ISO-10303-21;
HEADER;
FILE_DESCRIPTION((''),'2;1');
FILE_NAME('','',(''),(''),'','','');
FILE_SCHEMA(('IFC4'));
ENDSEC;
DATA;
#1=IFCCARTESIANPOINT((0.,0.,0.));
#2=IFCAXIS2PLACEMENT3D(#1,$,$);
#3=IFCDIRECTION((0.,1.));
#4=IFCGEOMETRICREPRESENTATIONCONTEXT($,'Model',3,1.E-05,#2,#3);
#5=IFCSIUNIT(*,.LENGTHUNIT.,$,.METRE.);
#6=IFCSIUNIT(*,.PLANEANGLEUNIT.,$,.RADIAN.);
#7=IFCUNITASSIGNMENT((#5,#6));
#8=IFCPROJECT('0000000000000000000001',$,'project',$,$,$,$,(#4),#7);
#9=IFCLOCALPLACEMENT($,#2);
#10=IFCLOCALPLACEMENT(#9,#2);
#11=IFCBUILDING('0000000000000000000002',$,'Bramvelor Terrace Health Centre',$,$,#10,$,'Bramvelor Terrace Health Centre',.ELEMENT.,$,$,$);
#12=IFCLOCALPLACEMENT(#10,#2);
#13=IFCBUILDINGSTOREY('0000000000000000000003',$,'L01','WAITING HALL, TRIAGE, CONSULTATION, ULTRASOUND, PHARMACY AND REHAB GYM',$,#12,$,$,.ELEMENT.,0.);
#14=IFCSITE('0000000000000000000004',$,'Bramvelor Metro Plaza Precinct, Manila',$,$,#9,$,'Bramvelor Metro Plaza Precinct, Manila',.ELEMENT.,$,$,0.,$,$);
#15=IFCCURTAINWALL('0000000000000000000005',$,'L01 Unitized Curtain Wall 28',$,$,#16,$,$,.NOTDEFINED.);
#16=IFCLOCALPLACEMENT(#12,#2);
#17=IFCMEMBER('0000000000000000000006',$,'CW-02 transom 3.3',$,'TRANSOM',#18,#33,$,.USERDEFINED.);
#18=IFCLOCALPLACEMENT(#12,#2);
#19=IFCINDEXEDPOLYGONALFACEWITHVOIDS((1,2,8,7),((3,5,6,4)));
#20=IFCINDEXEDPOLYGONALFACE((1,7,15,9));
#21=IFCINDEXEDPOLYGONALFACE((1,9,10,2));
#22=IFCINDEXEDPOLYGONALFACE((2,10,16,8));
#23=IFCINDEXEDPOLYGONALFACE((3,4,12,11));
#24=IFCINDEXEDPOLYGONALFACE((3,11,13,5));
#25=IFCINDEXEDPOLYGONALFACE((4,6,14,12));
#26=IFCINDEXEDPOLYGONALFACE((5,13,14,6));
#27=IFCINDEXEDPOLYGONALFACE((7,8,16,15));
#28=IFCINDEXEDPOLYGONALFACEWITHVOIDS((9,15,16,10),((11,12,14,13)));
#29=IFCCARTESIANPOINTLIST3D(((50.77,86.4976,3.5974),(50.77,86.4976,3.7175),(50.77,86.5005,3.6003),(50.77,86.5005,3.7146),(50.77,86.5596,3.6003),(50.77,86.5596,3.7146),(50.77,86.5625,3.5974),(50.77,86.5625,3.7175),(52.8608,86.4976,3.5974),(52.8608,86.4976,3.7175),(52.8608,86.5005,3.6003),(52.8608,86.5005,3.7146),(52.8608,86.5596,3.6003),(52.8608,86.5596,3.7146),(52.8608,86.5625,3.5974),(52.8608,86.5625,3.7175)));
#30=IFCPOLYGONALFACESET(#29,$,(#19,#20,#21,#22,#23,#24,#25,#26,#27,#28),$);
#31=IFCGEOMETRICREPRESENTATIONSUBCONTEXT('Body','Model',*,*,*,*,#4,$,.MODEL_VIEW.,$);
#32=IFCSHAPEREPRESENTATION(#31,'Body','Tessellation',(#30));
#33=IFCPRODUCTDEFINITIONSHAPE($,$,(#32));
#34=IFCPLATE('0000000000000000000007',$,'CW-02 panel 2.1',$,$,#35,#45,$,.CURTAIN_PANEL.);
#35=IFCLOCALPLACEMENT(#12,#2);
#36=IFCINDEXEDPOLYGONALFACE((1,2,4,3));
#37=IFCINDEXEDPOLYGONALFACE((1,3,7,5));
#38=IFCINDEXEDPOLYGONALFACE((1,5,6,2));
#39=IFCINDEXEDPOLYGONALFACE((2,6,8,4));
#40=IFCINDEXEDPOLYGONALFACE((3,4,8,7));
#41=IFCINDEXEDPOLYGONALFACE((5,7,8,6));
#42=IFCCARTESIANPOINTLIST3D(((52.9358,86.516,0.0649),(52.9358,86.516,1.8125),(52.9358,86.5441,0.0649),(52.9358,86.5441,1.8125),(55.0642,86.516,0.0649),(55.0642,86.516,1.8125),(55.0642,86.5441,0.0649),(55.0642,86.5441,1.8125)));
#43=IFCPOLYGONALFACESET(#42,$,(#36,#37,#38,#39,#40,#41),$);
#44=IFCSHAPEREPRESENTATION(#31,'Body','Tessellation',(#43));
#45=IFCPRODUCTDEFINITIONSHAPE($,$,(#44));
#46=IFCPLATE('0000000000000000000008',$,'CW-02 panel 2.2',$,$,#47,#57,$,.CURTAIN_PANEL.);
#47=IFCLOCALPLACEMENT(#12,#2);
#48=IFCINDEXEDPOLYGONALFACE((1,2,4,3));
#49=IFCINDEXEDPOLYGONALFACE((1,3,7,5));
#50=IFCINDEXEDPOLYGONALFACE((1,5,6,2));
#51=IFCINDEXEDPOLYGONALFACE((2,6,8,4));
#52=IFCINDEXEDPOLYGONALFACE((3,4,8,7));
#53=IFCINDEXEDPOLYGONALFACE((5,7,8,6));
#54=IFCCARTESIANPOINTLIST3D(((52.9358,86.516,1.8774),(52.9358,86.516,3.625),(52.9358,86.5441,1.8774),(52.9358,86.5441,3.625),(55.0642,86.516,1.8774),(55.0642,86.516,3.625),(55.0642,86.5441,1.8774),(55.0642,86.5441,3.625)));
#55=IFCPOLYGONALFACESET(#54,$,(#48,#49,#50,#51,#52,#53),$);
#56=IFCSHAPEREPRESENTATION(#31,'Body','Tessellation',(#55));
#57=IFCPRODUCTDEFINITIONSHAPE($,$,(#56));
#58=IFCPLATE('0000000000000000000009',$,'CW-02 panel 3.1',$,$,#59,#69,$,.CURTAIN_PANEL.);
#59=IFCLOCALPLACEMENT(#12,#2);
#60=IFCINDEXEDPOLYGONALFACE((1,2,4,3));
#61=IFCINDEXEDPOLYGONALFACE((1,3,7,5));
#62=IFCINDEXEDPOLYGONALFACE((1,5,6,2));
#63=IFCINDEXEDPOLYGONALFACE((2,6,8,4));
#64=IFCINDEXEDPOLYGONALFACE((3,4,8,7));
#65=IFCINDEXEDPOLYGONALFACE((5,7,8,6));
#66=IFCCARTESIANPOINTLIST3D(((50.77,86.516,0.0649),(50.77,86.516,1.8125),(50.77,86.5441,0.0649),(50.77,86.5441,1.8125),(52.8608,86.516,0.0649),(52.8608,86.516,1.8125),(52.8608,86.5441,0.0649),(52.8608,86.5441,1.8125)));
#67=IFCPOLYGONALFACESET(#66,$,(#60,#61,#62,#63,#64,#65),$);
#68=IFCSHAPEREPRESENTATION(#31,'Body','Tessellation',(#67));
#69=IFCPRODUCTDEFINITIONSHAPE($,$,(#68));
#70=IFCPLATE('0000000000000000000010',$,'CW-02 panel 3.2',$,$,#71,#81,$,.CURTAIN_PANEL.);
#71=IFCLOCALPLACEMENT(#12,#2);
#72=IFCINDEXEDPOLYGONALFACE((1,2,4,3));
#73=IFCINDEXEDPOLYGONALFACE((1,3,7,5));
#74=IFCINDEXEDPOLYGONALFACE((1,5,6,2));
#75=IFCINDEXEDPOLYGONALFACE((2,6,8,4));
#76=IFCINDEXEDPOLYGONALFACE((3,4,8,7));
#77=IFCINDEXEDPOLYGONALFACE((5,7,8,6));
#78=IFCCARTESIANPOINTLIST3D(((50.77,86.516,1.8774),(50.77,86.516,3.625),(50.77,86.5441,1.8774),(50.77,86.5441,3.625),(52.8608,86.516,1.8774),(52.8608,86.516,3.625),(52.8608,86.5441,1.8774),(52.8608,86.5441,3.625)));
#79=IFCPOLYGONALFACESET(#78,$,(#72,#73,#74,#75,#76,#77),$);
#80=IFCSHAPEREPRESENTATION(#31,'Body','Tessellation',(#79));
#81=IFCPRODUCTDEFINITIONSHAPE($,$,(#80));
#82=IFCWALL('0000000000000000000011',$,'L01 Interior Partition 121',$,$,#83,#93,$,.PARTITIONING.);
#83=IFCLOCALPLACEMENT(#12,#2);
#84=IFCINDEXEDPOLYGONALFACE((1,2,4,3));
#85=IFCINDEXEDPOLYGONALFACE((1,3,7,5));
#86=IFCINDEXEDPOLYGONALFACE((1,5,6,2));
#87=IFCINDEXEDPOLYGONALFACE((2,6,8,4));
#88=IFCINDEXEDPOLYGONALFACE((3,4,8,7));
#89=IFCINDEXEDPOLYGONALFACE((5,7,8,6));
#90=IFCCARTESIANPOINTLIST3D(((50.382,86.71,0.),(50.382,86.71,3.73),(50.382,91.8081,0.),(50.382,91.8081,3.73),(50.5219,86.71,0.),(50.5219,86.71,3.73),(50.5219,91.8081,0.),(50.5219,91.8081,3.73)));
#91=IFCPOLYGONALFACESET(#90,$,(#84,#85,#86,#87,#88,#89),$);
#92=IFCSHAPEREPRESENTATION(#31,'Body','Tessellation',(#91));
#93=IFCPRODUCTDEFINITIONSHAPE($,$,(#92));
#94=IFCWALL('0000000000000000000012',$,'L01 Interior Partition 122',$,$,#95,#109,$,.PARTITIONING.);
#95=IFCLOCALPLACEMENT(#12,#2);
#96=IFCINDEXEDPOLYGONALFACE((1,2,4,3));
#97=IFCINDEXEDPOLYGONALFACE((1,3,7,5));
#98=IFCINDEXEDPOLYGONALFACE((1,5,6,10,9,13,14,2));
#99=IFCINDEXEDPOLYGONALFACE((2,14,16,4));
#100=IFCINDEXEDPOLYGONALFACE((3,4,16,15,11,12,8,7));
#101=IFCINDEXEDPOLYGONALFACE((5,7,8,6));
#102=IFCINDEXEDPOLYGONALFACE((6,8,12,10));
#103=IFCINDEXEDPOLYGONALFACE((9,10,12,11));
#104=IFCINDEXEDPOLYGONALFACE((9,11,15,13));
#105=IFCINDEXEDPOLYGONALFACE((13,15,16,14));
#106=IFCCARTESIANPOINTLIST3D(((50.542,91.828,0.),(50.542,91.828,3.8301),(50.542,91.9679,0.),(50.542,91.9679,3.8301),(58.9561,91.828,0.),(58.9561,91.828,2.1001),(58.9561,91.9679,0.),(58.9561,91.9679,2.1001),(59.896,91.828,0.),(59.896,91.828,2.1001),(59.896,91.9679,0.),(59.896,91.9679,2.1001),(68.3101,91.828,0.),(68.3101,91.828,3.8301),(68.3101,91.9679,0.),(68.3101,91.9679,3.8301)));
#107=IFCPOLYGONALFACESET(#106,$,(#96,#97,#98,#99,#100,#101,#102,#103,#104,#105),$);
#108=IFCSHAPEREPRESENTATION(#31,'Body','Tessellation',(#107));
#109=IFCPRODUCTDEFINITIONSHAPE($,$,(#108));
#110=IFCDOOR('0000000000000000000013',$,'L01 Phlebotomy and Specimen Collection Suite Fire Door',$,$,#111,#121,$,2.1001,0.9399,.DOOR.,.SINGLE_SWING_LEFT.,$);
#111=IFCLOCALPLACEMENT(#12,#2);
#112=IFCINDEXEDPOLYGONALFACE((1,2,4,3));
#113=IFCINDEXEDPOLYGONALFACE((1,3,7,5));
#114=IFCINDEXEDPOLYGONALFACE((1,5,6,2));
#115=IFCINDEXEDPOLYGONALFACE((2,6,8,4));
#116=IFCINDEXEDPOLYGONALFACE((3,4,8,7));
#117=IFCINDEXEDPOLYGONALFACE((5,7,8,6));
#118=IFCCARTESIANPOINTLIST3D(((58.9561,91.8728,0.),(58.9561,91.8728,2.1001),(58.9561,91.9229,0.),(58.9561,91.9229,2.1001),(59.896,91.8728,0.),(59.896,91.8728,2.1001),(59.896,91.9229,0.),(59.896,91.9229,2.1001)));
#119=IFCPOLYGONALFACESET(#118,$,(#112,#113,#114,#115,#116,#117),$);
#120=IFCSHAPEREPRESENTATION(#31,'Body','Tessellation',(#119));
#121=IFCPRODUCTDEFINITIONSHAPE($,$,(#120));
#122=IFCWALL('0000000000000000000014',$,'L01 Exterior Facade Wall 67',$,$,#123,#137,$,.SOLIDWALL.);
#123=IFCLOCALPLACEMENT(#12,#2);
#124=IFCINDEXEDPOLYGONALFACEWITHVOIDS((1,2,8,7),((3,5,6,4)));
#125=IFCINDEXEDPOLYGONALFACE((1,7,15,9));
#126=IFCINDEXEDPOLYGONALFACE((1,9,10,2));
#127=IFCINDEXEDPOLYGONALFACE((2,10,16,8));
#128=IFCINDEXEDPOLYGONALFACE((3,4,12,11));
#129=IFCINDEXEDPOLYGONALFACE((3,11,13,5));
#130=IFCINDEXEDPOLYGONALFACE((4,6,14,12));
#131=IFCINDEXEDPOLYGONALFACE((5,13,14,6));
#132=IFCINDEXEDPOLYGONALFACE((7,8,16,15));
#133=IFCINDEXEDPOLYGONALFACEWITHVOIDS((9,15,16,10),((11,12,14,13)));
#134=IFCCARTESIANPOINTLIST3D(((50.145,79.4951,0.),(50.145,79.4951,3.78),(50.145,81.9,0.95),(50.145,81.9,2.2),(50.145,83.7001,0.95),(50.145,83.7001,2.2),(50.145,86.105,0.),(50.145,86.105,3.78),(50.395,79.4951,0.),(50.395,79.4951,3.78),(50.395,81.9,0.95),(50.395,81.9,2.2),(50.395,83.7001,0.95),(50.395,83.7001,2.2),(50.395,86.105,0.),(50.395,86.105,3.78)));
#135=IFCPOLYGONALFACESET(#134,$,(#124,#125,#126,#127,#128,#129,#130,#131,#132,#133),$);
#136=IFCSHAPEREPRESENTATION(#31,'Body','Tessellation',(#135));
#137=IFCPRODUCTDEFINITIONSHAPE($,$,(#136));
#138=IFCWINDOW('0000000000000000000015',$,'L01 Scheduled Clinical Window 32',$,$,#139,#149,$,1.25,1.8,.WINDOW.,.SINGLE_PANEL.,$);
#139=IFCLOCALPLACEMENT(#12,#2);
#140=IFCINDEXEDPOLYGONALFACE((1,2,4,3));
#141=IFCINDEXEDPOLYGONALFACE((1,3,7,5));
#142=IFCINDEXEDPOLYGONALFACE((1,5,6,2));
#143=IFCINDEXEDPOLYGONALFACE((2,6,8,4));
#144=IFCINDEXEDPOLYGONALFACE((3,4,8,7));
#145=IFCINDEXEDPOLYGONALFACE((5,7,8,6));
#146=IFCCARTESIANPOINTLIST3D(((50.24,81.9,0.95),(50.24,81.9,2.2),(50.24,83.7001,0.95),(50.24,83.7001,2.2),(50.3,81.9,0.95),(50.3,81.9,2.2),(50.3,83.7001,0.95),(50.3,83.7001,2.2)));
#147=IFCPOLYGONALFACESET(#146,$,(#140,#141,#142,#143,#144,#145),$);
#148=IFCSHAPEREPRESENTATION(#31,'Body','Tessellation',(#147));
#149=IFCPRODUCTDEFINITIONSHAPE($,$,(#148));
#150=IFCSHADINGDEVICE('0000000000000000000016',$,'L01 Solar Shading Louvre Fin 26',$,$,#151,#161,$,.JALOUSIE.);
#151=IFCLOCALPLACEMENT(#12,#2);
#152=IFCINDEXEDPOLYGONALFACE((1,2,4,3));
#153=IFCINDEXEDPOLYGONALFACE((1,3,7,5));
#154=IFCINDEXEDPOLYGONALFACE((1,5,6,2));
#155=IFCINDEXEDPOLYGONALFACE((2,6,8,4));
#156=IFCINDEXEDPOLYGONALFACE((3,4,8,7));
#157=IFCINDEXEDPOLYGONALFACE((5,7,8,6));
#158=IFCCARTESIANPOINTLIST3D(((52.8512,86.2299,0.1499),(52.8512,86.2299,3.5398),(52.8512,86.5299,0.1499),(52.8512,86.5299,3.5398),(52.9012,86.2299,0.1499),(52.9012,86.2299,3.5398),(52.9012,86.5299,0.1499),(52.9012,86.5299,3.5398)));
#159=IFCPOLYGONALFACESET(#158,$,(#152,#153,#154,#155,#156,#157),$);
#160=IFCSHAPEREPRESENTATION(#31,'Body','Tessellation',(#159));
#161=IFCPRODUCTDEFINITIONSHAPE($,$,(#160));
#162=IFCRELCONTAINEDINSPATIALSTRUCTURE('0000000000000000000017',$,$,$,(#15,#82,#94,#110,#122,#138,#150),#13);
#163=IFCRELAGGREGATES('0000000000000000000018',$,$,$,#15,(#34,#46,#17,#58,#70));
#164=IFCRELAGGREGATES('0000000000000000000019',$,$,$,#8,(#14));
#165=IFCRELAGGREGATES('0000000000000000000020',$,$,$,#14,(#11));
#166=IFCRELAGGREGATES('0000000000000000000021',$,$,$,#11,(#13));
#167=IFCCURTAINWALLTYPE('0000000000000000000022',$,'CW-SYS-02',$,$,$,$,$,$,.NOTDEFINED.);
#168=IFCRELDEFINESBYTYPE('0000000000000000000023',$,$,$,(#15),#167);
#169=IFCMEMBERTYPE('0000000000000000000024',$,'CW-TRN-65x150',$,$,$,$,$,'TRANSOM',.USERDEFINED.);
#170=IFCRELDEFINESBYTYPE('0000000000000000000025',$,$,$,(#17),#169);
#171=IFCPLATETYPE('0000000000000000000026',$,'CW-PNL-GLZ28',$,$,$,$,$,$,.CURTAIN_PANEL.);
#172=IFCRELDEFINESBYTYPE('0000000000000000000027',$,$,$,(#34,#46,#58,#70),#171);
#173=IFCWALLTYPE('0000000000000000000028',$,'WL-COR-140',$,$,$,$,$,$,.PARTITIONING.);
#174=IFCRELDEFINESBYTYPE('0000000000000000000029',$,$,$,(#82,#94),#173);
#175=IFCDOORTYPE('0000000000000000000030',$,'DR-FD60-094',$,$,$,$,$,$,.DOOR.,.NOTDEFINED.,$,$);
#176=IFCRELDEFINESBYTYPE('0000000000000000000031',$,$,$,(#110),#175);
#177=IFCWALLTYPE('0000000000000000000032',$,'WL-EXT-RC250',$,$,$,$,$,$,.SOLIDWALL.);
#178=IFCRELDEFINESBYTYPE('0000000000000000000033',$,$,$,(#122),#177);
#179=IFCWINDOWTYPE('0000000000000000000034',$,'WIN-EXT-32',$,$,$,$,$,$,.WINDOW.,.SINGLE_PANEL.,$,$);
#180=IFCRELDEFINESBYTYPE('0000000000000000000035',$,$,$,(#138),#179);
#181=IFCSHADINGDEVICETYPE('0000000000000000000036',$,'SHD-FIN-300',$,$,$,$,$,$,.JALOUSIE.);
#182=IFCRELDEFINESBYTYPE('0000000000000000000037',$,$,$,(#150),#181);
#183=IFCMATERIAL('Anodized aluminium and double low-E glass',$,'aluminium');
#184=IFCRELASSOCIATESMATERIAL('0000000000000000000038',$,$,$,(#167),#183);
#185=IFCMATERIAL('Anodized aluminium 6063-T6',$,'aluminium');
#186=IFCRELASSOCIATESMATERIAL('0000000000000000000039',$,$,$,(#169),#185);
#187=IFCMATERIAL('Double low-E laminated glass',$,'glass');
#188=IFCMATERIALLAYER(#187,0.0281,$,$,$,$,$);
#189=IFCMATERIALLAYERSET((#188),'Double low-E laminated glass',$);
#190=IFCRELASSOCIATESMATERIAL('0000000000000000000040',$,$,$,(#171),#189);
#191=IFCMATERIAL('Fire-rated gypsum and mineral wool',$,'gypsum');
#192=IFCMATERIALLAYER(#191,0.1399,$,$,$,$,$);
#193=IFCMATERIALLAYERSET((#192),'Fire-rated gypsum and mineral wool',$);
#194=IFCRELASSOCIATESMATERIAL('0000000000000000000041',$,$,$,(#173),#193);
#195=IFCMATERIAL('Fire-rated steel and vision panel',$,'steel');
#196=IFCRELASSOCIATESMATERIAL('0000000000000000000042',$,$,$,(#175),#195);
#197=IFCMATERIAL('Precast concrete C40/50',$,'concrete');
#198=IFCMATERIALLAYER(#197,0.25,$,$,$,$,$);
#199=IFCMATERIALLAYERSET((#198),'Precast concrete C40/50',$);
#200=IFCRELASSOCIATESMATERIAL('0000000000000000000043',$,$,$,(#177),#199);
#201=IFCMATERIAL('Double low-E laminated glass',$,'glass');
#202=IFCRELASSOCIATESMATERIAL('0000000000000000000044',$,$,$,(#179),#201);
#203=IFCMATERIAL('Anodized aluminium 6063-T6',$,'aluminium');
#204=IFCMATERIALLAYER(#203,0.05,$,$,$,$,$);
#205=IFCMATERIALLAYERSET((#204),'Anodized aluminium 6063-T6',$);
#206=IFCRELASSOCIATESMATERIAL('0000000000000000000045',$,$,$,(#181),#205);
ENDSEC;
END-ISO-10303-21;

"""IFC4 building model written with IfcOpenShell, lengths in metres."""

from ifc_helpers import new_model, si_unit, direction, frame, frame_2d, origin, origin_2d, place, context, subcontext, project, spatial, rectangle, hollow_rectangle, extrude, material, layer, layer_set, material_profile, profile_set, type_object, element, fill, aggregate, save


model = new_model("IFC4")

# Units and contexts
model_context = context("Model", 3, precision=1e-05, world=origin(), true_north=direction((0.0, 1.0)))
body_context = subcontext(model_context, "Body", "Model", "MODEL_VIEW")
ifc_project = project(units=[si_unit("LENGTHUNIT", "METRE"), si_unit("PLANEANGLEUNIT", "RADIAN")], contexts=[model_context])

# Site, building, storey
site_placement = place(None, origin())
site = spatial("IfcSite", under=ifc_project, at=site_placement, Name="Bramvelor Metro Plaza Precinct, Manila", LongName="Bramvelor Metro Plaza Precinct, Manila", CompositionType="ELEMENT", RefElevation=0.0)
building_placement = place(site_placement, origin())
building = spatial("IfcBuilding", under=site, at=building_placement, Name="Bramvelor Terrace Health Centre", LongName="Bramvelor Terrace Health Centre", CompositionType="ELEMENT")
storey_placement = place(building_placement, origin())
storey = spatial("IfcBuildingStorey", under=building, at=storey_placement, Name="L01", Description="WAITING HALL, TRIAGE, CONSULTATION, ULTRASOUND, PHARMACY AND REHAB GYM", CompositionType="ELEMENT", Elevation=0.0)

# Curtain wall, member, plates
ifc_material_1 = material(Name="Anodized aluminium and double low-E glass", Category="aluminium")
curtain_wall_type = type_object("IfcCurtainWallType", Name="CW-SYS-02", PredefinedType="NOTDEFINED", material=ifc_material_1)
curtain_wall_placement = place(storey_placement, origin())
curtain_wall = element("IfcCurtainWall", 1, at=curtain_wall_placement, inside=storey, type_object=curtain_wall_type, Name="L01 Unitized Curtain Wall 28", PredefinedType="NOTDEFINED")
ifc_material_2 = material(Name="Anodized aluminium 6063-T6", Category="aluminium")
ifc_material_profile_1 = material_profile(ifc_material_2, hollow_rectangle(XDim=0.0649, YDim=0.1201, WallThickness=0.0029, at=origin_2d()), Name="ALU-TRN 65x120x3.0")
ifc_profile_set_1 = profile_set([ifc_material_profile_1], Name="Anodized aluminium 6063-T6")
member_type_1 = type_object("IfcMemberType", Name="CW-TRN-65x150", ElementType="TRANSOM", PredefinedType="USERDEFINED", material=ifc_profile_set_1)
member_1_placement = place(storey_placement, frame((52.8608, 86.53, 3.6575), z_axis=(-1.0, 0.0, 0.0), x_axis=(0.0, -1.0, 0.0)))
member_1 = element("IfcMember", 2, at=member_1_placement, type_object=member_type_1, Name="CW-02 transom 3.3", ObjectType="TRANSOM", PredefinedType="USERDEFINED", context=body_context, shape_type="SweptSolid", body=[
    extrude(hollow_rectangle(XDim=0.0649, YDim=0.1201, WallThickness=0.0029, at=origin_2d()), origin(), (0.0, 0.0, 1.0), 2.0908),
])
ifc_material_3 = material(Name="Double low-E laminated glass", Category="glass")
ifc_layer_1 = layer(ifc_material_3, 0.0281)
ifc_layer_set_1 = layer_set([ifc_layer_1], Name="Double low-E laminated glass")
plate_type = type_object("IfcPlateType", Name="CW-PNL-GLZ28", PredefinedType="CURTAIN_PANEL", material=ifc_layer_set_1)
plate_1_placement = place(storey_placement, frame((54.0, 86.53, 0.0649), z_axis=(0.0, 0.0, 1.0), x_axis=(-1.0, 0.0, 0.0)))
plate_1 = element("IfcPlate", 3, at=plate_1_placement, type_object=plate_type, Name="CW-02 panel 2.1", PredefinedType="CURTAIN_PANEL", context=body_context, shape_type="SweptSolid", body=[
    extrude(rectangle(XDim=2.1284, YDim=0.0281, at=origin_2d()), origin(), (0.0, 0.0, 1.0), 1.7476),
])
plate_2_placement = place(storey_placement, frame((54.0, 86.53, 1.8774), z_axis=(0.0, 0.0, 1.0), x_axis=(-1.0, 0.0, 0.0)))
plate_2 = element("IfcPlate", 4, at=plate_2_placement, type_object=plate_type, Name="CW-02 panel 2.2", PredefinedType="CURTAIN_PANEL", context=body_context, shape_type="SweptSolid", body=[
    extrude(rectangle(XDim=2.1284, YDim=0.0281, at=origin_2d()), origin(), (0.0, 0.0, 1.0), 1.7476),
])
plate_3_placement = place(storey_placement, frame((51.8154, 86.53, 0.0649), z_axis=(0.0, 0.0, 1.0), x_axis=(-1.0, 0.0, 0.0)))
plate_3 = element("IfcPlate", 5, at=plate_3_placement, type_object=plate_type, Name="CW-02 panel 3.1", PredefinedType="CURTAIN_PANEL", context=body_context, shape_type="SweptSolid", body=[
    extrude(rectangle(XDim=2.0908, YDim=0.0281, at=origin_2d()), origin(), (0.0, 0.0, 1.0), 1.7476),
])
plate_4_placement = place(storey_placement, frame((51.8154, 86.53, 1.8774), z_axis=(0.0, 0.0, 1.0), x_axis=(-1.0, 0.0, 0.0)))
plate_4 = element("IfcPlate", 6, at=plate_4_placement, type_object=plate_type, Name="CW-02 panel 3.2", PredefinedType="CURTAIN_PANEL", context=body_context, shape_type="SweptSolid", body=[
    extrude(rectangle(XDim=2.0908, YDim=0.0281, at=origin_2d()), origin(), (0.0, 0.0, 1.0), 1.7476),
])
aggregate(curtain_wall, [plate_1, plate_2, member_1, plate_3, plate_4])

# Wall
ifc_material_4 = material(Name="Fire-rated gypsum and mineral wool", Category="gypsum")
ifc_layer_2 = layer(ifc_material_4, 0.1399)
ifc_layer_set_2 = layer_set([ifc_layer_2], Name="Fire-rated gypsum and mineral wool")
wall_type_1 = type_object("IfcWallType", Name="WL-COR-140", PredefinedType="PARTITIONING", material=ifc_layer_set_2)
wall_1_placement = place(storey_placement, frame((50.4519, 86.71, 0.0), z_axis=(0.0, 0.0, 1.0), x_axis=(0.0, 1.0, 0.0)))
element("IfcWall", 7, at=wall_1_placement, inside=storey, type_object=wall_type_1, Name="L01 Interior Partition 121", PredefinedType="PARTITIONING", context=body_context, shape_type="SweptSolid", body=[
    extrude(rectangle(XDim=5.0981, YDim=0.1399, at=frame_2d((2.5491, 0.0))), origin(), (0.0, 0.0, 1.0), 3.73),
])

# Wall, opening, door
wall_2_placement = place(storey_placement, frame((50.542, 91.8979, 0.0), z_axis=(0.0, 0.0, 1.0), x_axis=(1.0, 0.0, 0.0)))
wall_2 = element("IfcWall", 8, at=wall_2_placement, inside=storey, type_object=wall_type_1, Name="L01 Interior Partition 122", PredefinedType="PARTITIONING", context=body_context, shape_type="SweptSolid", body=[
    extrude(rectangle(XDim=17.7681, YDim=0.1399, at=frame_2d((8.884, 0.0))), origin(), (0.0, 0.0, 1.0), 3.8301),
])
opening_1_placement = place(wall_2_placement, frame((8.4141, 0.0, 0.0)))
opening_1 = element("IfcOpeningElement", 9, at=opening_1_placement, cuts=wall_2, PredefinedType="OPENING", context=body_context, shape_type="SweptSolid", body=[
    extrude(rectangle(XDim=0.9399, YDim=2.1001, at=frame_2d((0.47, 1.05))), frame((0.0, 0.0798, 0.0), z_axis=(0.0, -1.0, 0.0), x_axis=(1.0, 0.0, 0.0)), (0.0, 0.0, 1.0), 0.1599),
])
ifc_material_5 = material(Name="Fire-rated steel and vision panel", Category="steel")
door_type = type_object("IfcDoorType", Name="DR-FD60-094", OperationType="NOTDEFINED", PredefinedType="DOOR", material=ifc_material_5)
door_placement = place(opening_1_placement, origin())
door = element("IfcDoor", 10, at=door_placement, inside=storey, type_object=door_type, Name="L01 Phlebotomy and Specimen Collection Suite Fire Door", OperationType="SINGLE_SWING_LEFT", OverallHeight=2.1001, OverallWidth=0.9399, PredefinedType="DOOR", context=body_context, shape_type="SweptSolid", body=[
    extrude(rectangle(XDim=0.9399, YDim=2.1001, at=frame_2d((0.47, 1.05))), frame((0.0, 0.0249, 0.0), z_axis=(0.0, -1.0, 0.0), x_axis=(1.0, 0.0, 0.0)), (0.0, 0.0, 1.0), 0.05),
])
fill(opening_1, door)

# Wall, opening, window
ifc_material_6 = material(Name="Precast concrete C40/50", Category="concrete")
ifc_layer_3 = layer(ifc_material_6, 0.25)
ifc_layer_set_3 = layer_set([ifc_layer_3], Name="Precast concrete C40/50")
wall_type_2 = type_object("IfcWallType", Name="WL-EXT-RC250", PredefinedType="SOLIDWALL", material=ifc_layer_set_3)
wall_3_placement = place(storey_placement, frame((50.27, 86.105, 0.0), z_axis=(0.0, 0.0, 1.0), x_axis=(0.0, -1.0, 0.0)))
wall_3 = element("IfcWall", 11, at=wall_3_placement, inside=storey, type_object=wall_type_2, Name="L01 Exterior Facade Wall 67", PredefinedType="SOLIDWALL", context=body_context, shape_type="SweptSolid", body=[
    extrude(rectangle(XDim=6.6099, YDim=0.25, at=frame_2d((3.3049, 0.0))), origin(), (0.0, 0.0, 1.0), 3.78),
])
opening_2_placement = place(wall_3_placement, frame((2.405, 0.0, 0.95)))
opening_2 = element("IfcOpeningElement", 12, at=opening_2_placement, cuts=wall_3, PredefinedType="OPENING", context=body_context, shape_type="SweptSolid", body=[
    extrude(rectangle(XDim=1.8, YDim=1.25, at=frame_2d((0.8999, 0.625))), frame((0.0, 0.135, 0.0), z_axis=(0.0, -1.0, 0.0), x_axis=(1.0, 0.0, 0.0)), (0.0, 0.0, 1.0), 0.27),
])
ifc_material_7 = material(Name="Double low-E laminated glass", Category="glass")
window_type = type_object("IfcWindowType", Name="WIN-EXT-32", PartitioningType="SINGLE_PANEL", PredefinedType="WINDOW", material=ifc_material_7)
window_placement = place(opening_2_placement, origin())
window = element("IfcWindow", 13, at=window_placement, inside=storey, type_object=window_type, Name="L01 Scheduled Clinical Window 32", OverallHeight=1.25, OverallWidth=1.8, PartitioningType="SINGLE_PANEL", PredefinedType="WINDOW", context=body_context, shape_type="SweptSolid", body=[
    extrude(rectangle(XDim=1.8, YDim=1.25, at=frame_2d((0.8999, 0.625))), frame((0.0, 0.03, 0.0), z_axis=(0.0, -1.0, 0.0), x_axis=(1.0, 0.0, 0.0)), (0.0, 0.0, 1.0), 0.0601),
])
fill(opening_2, window)

# Shading device
ifc_material_8 = material(Name="Anodized aluminium 6063-T6", Category="aluminium")
ifc_layer_4 = layer(ifc_material_8, 0.05)
ifc_layer_set_4 = layer_set([ifc_layer_4], Name="Anodized aluminium 6063-T6")
shading_device_type = type_object("IfcShadingDeviceType", Name="SHD-FIN-300", PredefinedType="JALOUSIE", material=ifc_layer_set_4)
shading_device_placement = place(storey_placement, frame((52.8762, 86.3799, 0.1499), z_axis=(0.0, 0.0, 1.0), x_axis=(1.0, 0.0, 0.0)))
element("IfcShadingDevice", 14, at=shading_device_placement, inside=storey, type_object=shading_device_type, Name="L01 Solar Shading Louvre Fin 26", PredefinedType="JALOUSIE", context=body_context, shape_type="SweptSolid", body=[
    extrude(rectangle(XDim=0.05, YDim=0.3, at=origin_2d()), origin(), (0.0, 0.0, 1.0), 3.3899),
])

save(model, "model.ifc")
